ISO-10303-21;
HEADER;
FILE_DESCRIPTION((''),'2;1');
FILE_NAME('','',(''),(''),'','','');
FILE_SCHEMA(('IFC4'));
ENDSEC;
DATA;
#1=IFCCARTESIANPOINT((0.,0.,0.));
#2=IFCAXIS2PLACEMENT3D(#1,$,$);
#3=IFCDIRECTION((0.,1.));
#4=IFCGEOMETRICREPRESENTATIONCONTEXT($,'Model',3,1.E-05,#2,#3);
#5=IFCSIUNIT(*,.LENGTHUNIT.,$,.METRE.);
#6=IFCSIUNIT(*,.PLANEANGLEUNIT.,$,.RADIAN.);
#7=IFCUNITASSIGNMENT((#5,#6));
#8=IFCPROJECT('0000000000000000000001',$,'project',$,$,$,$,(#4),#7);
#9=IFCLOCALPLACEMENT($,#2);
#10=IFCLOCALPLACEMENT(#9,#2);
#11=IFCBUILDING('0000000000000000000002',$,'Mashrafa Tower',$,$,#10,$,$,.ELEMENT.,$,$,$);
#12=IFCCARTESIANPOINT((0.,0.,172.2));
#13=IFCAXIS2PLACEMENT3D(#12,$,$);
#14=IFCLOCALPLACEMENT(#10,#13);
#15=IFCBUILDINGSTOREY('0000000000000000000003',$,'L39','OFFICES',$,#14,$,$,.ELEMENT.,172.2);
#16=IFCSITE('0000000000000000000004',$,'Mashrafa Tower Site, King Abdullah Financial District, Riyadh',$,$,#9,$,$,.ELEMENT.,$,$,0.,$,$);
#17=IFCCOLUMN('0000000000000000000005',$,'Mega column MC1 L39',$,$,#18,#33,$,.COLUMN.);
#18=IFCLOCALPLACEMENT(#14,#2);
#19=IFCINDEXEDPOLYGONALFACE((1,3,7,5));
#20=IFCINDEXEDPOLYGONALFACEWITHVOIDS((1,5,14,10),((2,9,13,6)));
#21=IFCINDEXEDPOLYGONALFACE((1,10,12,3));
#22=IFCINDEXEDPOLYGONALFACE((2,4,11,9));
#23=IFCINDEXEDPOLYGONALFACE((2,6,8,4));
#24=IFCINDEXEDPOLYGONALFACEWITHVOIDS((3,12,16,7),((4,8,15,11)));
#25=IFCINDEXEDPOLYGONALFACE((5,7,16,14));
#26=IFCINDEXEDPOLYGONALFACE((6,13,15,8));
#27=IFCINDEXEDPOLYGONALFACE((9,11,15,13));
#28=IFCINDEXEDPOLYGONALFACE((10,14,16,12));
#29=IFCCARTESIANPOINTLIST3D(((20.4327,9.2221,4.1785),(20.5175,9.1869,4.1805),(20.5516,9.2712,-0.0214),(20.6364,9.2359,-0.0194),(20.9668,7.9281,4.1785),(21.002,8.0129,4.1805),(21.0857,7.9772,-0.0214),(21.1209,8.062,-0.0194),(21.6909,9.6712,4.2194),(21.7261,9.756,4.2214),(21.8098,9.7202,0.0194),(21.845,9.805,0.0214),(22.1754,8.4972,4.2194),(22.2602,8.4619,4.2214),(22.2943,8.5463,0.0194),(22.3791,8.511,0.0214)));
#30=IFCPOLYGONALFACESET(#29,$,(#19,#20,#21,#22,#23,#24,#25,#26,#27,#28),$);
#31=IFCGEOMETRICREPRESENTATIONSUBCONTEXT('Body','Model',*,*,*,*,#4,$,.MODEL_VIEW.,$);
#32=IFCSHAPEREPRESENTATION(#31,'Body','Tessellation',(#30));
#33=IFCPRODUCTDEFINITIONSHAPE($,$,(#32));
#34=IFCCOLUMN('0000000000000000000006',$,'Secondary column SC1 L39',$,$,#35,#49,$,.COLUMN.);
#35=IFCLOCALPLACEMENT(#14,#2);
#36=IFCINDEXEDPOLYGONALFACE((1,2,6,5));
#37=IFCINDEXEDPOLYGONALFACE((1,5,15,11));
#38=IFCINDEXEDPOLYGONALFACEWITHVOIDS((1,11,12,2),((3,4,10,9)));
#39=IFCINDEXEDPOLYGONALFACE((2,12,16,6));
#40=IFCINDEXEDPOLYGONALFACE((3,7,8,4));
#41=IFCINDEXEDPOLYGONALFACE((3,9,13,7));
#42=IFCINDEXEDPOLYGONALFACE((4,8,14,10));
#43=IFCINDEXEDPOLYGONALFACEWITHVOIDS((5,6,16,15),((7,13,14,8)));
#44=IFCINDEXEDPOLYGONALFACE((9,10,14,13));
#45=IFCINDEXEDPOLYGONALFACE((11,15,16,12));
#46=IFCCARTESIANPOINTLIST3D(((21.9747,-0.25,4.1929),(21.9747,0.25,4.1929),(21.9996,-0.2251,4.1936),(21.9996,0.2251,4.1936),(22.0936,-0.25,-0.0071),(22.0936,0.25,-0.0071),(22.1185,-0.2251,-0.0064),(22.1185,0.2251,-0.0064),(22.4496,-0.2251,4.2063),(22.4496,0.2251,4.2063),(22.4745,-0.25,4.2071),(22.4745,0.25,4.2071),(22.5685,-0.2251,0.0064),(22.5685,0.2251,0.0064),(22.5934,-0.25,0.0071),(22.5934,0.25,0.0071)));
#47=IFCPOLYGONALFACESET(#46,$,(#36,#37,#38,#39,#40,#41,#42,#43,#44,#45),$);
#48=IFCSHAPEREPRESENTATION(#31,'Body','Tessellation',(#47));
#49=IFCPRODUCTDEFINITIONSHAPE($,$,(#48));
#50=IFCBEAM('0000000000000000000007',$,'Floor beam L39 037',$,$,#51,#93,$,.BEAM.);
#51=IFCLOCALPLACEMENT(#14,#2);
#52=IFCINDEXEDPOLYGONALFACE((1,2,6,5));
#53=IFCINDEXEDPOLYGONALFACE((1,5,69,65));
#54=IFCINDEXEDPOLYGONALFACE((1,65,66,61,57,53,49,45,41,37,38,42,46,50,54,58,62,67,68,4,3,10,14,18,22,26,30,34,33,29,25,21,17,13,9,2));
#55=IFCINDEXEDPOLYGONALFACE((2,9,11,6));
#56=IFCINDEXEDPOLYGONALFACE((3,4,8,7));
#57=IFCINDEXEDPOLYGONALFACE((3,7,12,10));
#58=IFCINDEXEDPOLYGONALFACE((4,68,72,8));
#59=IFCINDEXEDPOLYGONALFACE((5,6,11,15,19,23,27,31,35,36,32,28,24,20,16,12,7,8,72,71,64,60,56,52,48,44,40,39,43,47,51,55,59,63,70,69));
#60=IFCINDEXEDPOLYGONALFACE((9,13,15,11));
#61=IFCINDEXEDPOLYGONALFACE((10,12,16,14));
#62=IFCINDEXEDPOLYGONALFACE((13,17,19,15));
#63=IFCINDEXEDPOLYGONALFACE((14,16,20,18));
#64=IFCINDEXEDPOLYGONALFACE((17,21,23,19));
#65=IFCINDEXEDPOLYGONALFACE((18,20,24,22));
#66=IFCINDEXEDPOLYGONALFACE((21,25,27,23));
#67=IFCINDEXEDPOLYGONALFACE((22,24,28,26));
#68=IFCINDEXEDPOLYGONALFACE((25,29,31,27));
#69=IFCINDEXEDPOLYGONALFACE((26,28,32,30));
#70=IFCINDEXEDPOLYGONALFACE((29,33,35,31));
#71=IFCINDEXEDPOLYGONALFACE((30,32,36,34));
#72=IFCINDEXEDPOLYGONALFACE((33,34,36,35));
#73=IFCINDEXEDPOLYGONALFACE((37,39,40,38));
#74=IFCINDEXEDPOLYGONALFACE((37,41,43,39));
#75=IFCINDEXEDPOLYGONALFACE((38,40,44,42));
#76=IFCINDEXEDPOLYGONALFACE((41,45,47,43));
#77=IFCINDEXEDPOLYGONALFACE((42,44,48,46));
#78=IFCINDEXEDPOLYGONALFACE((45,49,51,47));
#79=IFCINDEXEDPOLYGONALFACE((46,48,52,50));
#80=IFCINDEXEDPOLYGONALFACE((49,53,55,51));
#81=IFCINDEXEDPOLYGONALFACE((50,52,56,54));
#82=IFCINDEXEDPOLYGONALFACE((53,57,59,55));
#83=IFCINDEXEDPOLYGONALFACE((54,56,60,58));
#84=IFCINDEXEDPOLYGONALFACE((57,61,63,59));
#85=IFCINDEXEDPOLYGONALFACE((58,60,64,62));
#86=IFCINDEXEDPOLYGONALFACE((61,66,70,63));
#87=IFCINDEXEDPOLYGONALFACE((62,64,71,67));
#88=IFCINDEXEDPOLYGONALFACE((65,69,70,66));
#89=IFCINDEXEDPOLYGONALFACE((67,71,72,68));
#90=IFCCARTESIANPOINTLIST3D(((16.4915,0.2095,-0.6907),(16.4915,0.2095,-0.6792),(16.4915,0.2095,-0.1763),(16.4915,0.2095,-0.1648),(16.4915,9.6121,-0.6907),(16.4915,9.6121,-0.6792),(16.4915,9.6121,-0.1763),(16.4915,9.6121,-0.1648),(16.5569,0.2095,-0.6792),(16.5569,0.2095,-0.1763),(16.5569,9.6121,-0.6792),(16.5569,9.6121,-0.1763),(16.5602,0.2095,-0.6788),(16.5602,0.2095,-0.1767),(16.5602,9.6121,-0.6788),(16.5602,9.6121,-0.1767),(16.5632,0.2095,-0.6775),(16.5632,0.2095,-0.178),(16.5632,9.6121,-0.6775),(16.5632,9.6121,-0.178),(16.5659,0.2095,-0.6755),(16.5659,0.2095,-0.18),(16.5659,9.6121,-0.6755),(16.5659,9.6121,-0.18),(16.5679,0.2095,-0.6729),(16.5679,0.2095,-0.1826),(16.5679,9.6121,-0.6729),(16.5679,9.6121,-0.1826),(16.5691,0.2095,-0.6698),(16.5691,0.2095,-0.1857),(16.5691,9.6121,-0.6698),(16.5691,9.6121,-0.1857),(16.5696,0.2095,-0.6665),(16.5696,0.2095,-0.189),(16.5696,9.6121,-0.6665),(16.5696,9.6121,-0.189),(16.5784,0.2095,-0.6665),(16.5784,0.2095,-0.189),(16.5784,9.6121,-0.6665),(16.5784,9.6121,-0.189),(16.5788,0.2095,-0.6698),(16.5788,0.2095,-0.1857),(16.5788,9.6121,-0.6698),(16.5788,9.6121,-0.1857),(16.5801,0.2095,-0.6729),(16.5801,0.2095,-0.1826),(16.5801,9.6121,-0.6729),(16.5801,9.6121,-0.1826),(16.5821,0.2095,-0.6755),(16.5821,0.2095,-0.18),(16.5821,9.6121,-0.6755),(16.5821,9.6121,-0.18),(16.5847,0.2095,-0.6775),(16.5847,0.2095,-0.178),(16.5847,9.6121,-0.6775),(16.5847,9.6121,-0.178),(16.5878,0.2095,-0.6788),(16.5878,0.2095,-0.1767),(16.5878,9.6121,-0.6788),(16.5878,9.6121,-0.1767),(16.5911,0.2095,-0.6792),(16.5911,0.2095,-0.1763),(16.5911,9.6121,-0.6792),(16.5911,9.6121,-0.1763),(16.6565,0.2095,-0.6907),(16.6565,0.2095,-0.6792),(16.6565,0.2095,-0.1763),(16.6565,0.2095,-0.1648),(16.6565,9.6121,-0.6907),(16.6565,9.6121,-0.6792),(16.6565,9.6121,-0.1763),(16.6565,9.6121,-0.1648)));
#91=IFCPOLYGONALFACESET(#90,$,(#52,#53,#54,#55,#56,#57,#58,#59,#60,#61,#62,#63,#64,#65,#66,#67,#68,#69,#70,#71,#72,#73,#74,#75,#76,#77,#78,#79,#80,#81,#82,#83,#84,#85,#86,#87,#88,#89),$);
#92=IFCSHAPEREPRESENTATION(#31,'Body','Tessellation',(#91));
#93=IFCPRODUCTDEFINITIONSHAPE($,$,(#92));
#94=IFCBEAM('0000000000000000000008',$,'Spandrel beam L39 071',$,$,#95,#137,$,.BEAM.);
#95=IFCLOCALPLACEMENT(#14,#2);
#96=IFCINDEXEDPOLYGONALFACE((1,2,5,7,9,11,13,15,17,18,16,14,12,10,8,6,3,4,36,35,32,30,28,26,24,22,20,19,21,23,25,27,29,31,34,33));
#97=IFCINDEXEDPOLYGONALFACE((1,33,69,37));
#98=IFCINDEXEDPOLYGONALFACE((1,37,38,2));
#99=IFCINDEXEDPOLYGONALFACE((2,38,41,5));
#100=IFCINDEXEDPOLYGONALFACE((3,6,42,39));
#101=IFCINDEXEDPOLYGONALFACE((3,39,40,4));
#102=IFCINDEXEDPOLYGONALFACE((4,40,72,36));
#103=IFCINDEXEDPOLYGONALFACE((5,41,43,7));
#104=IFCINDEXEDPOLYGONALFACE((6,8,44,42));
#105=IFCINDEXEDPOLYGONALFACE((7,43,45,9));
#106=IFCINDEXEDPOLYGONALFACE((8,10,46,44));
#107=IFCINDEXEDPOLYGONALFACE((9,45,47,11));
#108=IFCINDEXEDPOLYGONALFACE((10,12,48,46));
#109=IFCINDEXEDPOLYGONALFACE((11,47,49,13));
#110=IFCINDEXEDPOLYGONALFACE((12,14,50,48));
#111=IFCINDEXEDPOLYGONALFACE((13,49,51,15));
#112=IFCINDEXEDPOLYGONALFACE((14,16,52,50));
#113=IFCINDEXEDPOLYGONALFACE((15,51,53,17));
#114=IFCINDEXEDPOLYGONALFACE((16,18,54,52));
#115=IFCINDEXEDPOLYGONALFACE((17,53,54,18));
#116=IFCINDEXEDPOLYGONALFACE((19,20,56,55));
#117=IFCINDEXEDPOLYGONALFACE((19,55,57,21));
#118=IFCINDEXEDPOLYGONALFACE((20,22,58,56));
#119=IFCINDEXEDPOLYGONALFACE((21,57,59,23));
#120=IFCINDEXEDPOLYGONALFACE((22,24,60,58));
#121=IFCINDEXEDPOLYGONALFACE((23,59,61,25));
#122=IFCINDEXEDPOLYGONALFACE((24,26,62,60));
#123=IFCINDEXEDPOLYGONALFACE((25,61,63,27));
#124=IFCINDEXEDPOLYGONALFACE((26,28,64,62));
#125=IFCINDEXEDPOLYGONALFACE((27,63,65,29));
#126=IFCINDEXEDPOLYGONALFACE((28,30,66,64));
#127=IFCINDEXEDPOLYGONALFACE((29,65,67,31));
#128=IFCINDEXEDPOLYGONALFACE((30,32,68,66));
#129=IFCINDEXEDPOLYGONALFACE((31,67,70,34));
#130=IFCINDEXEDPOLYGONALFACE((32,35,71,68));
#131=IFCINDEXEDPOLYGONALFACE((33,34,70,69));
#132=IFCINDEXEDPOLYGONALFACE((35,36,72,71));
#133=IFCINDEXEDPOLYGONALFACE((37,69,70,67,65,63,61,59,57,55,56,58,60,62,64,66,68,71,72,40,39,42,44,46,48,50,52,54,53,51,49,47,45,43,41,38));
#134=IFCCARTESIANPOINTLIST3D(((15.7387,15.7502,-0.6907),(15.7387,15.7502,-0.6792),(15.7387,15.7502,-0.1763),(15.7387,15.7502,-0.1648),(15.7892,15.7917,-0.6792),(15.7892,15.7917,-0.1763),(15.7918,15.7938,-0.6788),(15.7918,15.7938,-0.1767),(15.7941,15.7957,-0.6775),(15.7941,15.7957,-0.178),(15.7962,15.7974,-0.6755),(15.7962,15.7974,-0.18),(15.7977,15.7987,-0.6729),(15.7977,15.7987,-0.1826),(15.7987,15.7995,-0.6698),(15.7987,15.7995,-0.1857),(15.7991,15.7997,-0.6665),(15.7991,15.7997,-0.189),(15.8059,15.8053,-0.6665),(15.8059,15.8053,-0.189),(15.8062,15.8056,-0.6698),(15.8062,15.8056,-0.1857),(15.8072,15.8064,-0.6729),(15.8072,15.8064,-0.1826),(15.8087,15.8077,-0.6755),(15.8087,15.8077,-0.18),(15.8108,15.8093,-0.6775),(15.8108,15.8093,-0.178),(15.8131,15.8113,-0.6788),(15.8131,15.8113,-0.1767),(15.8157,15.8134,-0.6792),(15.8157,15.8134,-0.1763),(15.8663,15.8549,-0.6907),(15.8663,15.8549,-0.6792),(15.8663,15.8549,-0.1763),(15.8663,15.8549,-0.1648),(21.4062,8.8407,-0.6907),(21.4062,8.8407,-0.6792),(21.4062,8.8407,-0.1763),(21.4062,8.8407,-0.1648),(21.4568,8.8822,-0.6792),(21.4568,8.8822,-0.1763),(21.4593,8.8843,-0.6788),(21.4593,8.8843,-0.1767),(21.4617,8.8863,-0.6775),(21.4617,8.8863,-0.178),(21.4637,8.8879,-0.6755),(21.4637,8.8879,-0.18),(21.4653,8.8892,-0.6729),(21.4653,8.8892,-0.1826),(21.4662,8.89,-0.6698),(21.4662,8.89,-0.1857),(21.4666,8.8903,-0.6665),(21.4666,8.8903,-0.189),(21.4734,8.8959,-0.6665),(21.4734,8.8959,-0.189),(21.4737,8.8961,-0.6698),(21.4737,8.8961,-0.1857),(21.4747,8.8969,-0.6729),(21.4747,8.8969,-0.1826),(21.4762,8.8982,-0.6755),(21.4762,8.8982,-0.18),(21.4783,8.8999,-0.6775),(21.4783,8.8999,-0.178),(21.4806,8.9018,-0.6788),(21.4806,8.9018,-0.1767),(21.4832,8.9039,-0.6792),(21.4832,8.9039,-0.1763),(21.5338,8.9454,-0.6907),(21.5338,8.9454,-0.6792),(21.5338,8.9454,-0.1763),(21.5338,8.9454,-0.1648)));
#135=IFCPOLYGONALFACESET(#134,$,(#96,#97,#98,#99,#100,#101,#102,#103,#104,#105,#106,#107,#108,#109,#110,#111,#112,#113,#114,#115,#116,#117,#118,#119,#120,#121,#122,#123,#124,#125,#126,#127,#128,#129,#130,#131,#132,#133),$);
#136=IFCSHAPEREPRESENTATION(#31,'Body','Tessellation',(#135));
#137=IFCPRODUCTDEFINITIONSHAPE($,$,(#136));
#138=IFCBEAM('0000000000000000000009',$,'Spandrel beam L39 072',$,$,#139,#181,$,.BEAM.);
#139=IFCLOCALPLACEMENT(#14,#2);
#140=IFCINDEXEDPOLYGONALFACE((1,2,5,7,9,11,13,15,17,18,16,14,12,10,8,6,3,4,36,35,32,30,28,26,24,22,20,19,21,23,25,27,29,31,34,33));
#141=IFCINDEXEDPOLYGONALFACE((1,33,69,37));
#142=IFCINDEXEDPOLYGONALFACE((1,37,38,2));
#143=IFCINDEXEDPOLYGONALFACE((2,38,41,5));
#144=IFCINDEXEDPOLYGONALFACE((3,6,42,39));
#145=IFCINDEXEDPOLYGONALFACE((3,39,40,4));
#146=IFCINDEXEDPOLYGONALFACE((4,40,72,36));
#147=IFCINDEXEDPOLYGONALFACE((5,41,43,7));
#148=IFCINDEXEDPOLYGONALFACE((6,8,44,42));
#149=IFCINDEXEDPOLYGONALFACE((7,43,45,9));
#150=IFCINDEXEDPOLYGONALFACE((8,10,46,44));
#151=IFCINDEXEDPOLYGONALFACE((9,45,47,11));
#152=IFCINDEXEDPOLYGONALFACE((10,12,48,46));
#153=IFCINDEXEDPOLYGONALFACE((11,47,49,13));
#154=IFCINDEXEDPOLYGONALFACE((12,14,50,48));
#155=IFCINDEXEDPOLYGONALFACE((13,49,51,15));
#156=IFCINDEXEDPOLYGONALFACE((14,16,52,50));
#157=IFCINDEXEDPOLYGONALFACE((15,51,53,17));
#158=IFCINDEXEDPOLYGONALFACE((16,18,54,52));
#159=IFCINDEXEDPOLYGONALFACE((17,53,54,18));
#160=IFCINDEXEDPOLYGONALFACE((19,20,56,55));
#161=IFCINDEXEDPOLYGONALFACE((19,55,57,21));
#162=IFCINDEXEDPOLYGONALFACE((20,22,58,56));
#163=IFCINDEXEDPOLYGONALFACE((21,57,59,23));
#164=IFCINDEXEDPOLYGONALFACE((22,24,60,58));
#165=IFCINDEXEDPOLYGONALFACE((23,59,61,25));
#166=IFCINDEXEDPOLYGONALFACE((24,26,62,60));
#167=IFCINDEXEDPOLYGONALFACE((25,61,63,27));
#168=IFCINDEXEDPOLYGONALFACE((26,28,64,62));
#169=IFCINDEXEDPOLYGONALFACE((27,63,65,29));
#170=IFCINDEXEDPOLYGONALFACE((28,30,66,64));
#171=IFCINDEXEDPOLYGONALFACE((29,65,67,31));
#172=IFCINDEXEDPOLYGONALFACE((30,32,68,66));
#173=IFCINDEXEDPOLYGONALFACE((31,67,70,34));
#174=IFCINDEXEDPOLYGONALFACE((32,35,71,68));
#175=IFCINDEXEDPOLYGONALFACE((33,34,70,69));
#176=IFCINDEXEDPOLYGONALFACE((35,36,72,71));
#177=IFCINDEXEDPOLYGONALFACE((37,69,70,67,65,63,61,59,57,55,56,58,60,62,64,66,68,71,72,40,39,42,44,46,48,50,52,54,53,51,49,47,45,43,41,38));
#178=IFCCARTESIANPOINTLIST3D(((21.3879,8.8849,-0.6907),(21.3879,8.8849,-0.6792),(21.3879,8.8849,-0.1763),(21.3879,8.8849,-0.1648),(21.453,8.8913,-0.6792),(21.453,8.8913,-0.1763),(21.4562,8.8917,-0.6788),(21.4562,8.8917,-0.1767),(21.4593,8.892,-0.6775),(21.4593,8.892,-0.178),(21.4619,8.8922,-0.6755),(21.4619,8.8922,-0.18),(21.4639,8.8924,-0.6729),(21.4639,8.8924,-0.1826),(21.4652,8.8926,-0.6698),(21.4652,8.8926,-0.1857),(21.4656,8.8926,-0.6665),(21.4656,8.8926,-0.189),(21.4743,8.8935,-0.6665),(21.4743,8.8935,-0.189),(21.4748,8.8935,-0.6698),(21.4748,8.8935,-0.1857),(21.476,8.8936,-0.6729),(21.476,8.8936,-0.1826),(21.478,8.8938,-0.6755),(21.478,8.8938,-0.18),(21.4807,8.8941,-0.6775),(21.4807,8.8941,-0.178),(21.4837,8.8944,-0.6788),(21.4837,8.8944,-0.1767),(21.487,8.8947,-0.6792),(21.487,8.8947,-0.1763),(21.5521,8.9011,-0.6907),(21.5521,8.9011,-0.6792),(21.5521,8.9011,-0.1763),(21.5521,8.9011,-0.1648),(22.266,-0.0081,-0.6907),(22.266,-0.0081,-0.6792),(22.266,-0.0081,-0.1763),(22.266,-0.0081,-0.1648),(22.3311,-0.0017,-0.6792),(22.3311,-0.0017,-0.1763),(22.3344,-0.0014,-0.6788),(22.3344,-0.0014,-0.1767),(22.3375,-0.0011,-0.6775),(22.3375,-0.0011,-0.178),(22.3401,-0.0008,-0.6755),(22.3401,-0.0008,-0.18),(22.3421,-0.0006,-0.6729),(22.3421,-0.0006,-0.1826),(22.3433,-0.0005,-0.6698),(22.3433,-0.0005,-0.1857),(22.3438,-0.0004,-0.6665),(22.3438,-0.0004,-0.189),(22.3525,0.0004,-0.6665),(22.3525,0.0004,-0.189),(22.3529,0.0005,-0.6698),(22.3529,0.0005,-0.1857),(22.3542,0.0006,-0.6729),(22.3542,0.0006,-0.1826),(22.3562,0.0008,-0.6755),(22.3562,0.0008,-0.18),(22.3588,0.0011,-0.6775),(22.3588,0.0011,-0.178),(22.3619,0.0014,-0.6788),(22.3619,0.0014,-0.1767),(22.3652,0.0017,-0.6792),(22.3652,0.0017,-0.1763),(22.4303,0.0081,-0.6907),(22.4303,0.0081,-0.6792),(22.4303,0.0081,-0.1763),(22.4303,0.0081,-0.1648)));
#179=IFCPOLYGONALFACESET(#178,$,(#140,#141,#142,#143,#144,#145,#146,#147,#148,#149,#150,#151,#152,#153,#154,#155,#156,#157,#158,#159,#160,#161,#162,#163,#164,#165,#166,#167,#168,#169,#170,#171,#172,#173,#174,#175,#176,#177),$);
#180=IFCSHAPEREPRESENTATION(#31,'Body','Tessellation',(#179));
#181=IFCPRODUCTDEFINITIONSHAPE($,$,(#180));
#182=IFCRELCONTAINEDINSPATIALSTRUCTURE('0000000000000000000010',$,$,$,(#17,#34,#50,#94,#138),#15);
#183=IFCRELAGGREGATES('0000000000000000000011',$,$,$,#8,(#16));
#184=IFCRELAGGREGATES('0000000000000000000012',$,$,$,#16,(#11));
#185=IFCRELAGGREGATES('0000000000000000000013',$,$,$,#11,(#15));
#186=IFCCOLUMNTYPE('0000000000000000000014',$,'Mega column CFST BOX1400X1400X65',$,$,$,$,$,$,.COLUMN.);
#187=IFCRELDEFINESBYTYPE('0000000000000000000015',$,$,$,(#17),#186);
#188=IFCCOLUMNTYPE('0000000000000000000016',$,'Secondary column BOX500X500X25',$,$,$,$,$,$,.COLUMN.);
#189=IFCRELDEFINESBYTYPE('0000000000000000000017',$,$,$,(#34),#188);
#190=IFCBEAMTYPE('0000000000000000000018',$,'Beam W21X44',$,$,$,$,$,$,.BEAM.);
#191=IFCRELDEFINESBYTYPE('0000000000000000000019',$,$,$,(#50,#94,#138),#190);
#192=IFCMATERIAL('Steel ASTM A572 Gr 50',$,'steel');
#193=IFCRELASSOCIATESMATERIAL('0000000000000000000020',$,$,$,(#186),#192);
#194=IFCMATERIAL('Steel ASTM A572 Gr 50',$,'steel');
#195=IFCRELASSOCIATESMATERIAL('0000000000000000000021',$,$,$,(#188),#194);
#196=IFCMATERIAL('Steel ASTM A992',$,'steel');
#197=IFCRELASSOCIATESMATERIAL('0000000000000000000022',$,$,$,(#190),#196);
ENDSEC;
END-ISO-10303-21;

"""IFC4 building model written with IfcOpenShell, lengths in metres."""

from ifc_helpers import new_model, si_unit, direction, frame, origin, origin_2d, place, context, subcontext, project, spatial, hollow_rectangle, i_section, extrude, material, material_profile, profile_set, type_object, element, save


model = new_model("IFC4")

# Units and contexts
model_context = context("Model", 3, precision=1e-05, world=origin(), true_north=direction((0.0, 1.0)))
body_context = subcontext(model_context, "Body", "Model", "MODEL_VIEW")
ifc_project = project(units=[si_unit("LENGTHUNIT", "METRE"), si_unit("PLANEANGLEUNIT", "RADIAN")], contexts=[model_context])

# Site, building, storey
site_placement = place(None, origin())
site = spatial("IfcSite", under=ifc_project, at=site_placement, Name="Mashrafa Tower Site, King Abdullah Financial District, Riyadh", CompositionType="ELEMENT", RefElevation=0.0)
building_placement = place(site_placement, origin())
building = spatial("IfcBuilding", under=site, at=building_placement, Name="Mashrafa Tower", CompositionType="ELEMENT")
storey_placement = place(building_placement, frame((0.0, 0.0, 172.2)))
storey = spatial("IfcBuildingStorey", under=building, at=storey_placement, Name="L39", Description="OFFICES", CompositionType="ELEMENT", Elevation=172.2)

# Columns
ifc_material_1 = material(Name="Steel ASTM A572 Gr 50", Category="steel")
ifc_material_profile_1 = material_profile(ifc_material_1, hollow_rectangle(XDim=1.3999, YDim=1.3999, WallThickness=0.0649, at=origin_2d()), Name="BOX1400X1400X65")
ifc_profile_set_1 = profile_set([ifc_material_profile_1], Name="Steel ASTM A572 Gr 50")
column_type_1 = type_object("IfcColumnType", Name="Mega column CFST BOX1400X1400X65", PredefinedType="COLUMN", material=ifc_profile_set_1)
column_1_placement = place(storey_placement, frame((21.4653, 8.8911, 0.0), z_axis=(-0.028296, -0.011679, 0.999531), x_axis=(0.381513, -0.924363, 0.0)))
element("IfcColumn", 1, at=column_1_placement, inside=storey, type_object=column_type_1, Name="Mega column MC1 L39", PredefinedType="COLUMN", context=body_context, shape_type="SweptSolid", body=[
    extrude(hollow_rectangle(XDim=1.3999, YDim=1.3999, WallThickness=0.0649, at=origin_2d()), origin(), (0.0, 0.0, 1.0), 4.2019),
])
ifc_material_2 = material(Name="Steel ASTM A572 Gr 50", Category="steel")
ifc_material_profile_2 = material_profile(ifc_material_2, hollow_rectangle(XDim=0.5, YDim=0.5, WallThickness=0.0249, at=origin_2d()), Name="BOX500X500X25")
ifc_profile_set_2 = profile_set([ifc_material_profile_2], Name="Steel ASTM A572 Gr 50")
column_type_2 = type_object("IfcColumnType", Name="Secondary column BOX500X500X25", PredefinedType="COLUMN", material=ifc_profile_set_2)
column_2_placement = place(storey_placement, frame((22.3435, 0.0, 0.0), z_axis=(-0.028298, 0.0, 0.9996), x_axis=(0.0, -1.0, 0.0)))
element("IfcColumn", 2, at=column_2_placement, inside=storey, type_object=column_type_2, Name="Secondary column SC1 L39", PredefinedType="COLUMN", context=body_context, shape_type="SweptSolid", body=[
    extrude(hollow_rectangle(XDim=0.5, YDim=0.5, WallThickness=0.0249, at=origin_2d()), origin(), (0.0, 0.0, 1.0), 4.2017),
])

# Beams
ifc_material_3 = material(Name="Steel ASTM A992", Category="steel")
ifc_material_profile_3 = material_profile(ifc_material_3, i_section(OverallWidth=0.165, OverallDepth=0.5259, WebThickness=0.0088, FlangeThickness=0.0115, FilletRadius=0.0127, at=origin_2d()), Name="W21X44")
ifc_profile_set_3 = profile_set([ifc_material_profile_3], Name="Steel ASTM A992")
beam_type_1 = type_object("IfcBeamType", Name="Beam W21X44", PredefinedType="BEAM", material=ifc_profile_set_3)
beam_1_placement = place(storey_placement, frame((16.574, 9.6121, -0.4277), z_axis=(0.0, -1.0, 0.0), x_axis=(1.0, 0.0, 0.0)))
element("IfcBeam", 3, at=beam_1_placement, inside=storey, type_object=beam_type_1, Name="Floor beam L39 037", PredefinedType="BEAM", context=body_context, shape_type="SweptSolid", body=[
    extrude(i_section(OverallWidth=0.165, OverallDepth=0.5259, WebThickness=0.0088, FlangeThickness=0.0115, FilletRadius=0.0127, at=origin_2d()), origin(), (0.0, 0.0, 1.0), 9.4026),
])
beam_2_placement = place(storey_placement, frame((21.47, 8.8931, -0.4277), z_axis=(-0.634197, 0.773172, 0.0), x_axis=(-0.773172, -0.634197, 0.0)))
element("IfcBeam", 4, at=beam_2_placement, inside=storey, type_object=beam_type_1, Name="Spandrel beam L39 071", PredefinedType="BEAM", context=body_context, shape_type="SweptSolid", body=[
    extrude(i_section(OverallWidth=0.165, OverallDepth=0.5259, WebThickness=0.0088, FlangeThickness=0.0115, FilletRadius=0.0127, at=origin_2d()), origin(), (0.0, 0.0, 1.0), 8.9365),
])
beam_3_placement = place(storey_placement, frame((22.3481, 0.0, -0.4277), z_axis=(-0.09827, 0.99516, 0.0), x_axis=(-0.99516, -0.09827, 0.0)))
element("IfcBeam", 5, at=beam_3_placement, inside=storey, type_object=beam_type_1, Name="Spandrel beam L39 072", PredefinedType="BEAM", context=body_context, shape_type="SweptSolid", body=[
    extrude(i_section(OverallWidth=0.165, OverallDepth=0.5259, WebThickness=0.0088, FlangeThickness=0.0115, FilletRadius=0.0127, at=origin_2d()), origin(), (0.0, 0.0, 1.0), 8.9363),
])

save(model, "model.ifc")
